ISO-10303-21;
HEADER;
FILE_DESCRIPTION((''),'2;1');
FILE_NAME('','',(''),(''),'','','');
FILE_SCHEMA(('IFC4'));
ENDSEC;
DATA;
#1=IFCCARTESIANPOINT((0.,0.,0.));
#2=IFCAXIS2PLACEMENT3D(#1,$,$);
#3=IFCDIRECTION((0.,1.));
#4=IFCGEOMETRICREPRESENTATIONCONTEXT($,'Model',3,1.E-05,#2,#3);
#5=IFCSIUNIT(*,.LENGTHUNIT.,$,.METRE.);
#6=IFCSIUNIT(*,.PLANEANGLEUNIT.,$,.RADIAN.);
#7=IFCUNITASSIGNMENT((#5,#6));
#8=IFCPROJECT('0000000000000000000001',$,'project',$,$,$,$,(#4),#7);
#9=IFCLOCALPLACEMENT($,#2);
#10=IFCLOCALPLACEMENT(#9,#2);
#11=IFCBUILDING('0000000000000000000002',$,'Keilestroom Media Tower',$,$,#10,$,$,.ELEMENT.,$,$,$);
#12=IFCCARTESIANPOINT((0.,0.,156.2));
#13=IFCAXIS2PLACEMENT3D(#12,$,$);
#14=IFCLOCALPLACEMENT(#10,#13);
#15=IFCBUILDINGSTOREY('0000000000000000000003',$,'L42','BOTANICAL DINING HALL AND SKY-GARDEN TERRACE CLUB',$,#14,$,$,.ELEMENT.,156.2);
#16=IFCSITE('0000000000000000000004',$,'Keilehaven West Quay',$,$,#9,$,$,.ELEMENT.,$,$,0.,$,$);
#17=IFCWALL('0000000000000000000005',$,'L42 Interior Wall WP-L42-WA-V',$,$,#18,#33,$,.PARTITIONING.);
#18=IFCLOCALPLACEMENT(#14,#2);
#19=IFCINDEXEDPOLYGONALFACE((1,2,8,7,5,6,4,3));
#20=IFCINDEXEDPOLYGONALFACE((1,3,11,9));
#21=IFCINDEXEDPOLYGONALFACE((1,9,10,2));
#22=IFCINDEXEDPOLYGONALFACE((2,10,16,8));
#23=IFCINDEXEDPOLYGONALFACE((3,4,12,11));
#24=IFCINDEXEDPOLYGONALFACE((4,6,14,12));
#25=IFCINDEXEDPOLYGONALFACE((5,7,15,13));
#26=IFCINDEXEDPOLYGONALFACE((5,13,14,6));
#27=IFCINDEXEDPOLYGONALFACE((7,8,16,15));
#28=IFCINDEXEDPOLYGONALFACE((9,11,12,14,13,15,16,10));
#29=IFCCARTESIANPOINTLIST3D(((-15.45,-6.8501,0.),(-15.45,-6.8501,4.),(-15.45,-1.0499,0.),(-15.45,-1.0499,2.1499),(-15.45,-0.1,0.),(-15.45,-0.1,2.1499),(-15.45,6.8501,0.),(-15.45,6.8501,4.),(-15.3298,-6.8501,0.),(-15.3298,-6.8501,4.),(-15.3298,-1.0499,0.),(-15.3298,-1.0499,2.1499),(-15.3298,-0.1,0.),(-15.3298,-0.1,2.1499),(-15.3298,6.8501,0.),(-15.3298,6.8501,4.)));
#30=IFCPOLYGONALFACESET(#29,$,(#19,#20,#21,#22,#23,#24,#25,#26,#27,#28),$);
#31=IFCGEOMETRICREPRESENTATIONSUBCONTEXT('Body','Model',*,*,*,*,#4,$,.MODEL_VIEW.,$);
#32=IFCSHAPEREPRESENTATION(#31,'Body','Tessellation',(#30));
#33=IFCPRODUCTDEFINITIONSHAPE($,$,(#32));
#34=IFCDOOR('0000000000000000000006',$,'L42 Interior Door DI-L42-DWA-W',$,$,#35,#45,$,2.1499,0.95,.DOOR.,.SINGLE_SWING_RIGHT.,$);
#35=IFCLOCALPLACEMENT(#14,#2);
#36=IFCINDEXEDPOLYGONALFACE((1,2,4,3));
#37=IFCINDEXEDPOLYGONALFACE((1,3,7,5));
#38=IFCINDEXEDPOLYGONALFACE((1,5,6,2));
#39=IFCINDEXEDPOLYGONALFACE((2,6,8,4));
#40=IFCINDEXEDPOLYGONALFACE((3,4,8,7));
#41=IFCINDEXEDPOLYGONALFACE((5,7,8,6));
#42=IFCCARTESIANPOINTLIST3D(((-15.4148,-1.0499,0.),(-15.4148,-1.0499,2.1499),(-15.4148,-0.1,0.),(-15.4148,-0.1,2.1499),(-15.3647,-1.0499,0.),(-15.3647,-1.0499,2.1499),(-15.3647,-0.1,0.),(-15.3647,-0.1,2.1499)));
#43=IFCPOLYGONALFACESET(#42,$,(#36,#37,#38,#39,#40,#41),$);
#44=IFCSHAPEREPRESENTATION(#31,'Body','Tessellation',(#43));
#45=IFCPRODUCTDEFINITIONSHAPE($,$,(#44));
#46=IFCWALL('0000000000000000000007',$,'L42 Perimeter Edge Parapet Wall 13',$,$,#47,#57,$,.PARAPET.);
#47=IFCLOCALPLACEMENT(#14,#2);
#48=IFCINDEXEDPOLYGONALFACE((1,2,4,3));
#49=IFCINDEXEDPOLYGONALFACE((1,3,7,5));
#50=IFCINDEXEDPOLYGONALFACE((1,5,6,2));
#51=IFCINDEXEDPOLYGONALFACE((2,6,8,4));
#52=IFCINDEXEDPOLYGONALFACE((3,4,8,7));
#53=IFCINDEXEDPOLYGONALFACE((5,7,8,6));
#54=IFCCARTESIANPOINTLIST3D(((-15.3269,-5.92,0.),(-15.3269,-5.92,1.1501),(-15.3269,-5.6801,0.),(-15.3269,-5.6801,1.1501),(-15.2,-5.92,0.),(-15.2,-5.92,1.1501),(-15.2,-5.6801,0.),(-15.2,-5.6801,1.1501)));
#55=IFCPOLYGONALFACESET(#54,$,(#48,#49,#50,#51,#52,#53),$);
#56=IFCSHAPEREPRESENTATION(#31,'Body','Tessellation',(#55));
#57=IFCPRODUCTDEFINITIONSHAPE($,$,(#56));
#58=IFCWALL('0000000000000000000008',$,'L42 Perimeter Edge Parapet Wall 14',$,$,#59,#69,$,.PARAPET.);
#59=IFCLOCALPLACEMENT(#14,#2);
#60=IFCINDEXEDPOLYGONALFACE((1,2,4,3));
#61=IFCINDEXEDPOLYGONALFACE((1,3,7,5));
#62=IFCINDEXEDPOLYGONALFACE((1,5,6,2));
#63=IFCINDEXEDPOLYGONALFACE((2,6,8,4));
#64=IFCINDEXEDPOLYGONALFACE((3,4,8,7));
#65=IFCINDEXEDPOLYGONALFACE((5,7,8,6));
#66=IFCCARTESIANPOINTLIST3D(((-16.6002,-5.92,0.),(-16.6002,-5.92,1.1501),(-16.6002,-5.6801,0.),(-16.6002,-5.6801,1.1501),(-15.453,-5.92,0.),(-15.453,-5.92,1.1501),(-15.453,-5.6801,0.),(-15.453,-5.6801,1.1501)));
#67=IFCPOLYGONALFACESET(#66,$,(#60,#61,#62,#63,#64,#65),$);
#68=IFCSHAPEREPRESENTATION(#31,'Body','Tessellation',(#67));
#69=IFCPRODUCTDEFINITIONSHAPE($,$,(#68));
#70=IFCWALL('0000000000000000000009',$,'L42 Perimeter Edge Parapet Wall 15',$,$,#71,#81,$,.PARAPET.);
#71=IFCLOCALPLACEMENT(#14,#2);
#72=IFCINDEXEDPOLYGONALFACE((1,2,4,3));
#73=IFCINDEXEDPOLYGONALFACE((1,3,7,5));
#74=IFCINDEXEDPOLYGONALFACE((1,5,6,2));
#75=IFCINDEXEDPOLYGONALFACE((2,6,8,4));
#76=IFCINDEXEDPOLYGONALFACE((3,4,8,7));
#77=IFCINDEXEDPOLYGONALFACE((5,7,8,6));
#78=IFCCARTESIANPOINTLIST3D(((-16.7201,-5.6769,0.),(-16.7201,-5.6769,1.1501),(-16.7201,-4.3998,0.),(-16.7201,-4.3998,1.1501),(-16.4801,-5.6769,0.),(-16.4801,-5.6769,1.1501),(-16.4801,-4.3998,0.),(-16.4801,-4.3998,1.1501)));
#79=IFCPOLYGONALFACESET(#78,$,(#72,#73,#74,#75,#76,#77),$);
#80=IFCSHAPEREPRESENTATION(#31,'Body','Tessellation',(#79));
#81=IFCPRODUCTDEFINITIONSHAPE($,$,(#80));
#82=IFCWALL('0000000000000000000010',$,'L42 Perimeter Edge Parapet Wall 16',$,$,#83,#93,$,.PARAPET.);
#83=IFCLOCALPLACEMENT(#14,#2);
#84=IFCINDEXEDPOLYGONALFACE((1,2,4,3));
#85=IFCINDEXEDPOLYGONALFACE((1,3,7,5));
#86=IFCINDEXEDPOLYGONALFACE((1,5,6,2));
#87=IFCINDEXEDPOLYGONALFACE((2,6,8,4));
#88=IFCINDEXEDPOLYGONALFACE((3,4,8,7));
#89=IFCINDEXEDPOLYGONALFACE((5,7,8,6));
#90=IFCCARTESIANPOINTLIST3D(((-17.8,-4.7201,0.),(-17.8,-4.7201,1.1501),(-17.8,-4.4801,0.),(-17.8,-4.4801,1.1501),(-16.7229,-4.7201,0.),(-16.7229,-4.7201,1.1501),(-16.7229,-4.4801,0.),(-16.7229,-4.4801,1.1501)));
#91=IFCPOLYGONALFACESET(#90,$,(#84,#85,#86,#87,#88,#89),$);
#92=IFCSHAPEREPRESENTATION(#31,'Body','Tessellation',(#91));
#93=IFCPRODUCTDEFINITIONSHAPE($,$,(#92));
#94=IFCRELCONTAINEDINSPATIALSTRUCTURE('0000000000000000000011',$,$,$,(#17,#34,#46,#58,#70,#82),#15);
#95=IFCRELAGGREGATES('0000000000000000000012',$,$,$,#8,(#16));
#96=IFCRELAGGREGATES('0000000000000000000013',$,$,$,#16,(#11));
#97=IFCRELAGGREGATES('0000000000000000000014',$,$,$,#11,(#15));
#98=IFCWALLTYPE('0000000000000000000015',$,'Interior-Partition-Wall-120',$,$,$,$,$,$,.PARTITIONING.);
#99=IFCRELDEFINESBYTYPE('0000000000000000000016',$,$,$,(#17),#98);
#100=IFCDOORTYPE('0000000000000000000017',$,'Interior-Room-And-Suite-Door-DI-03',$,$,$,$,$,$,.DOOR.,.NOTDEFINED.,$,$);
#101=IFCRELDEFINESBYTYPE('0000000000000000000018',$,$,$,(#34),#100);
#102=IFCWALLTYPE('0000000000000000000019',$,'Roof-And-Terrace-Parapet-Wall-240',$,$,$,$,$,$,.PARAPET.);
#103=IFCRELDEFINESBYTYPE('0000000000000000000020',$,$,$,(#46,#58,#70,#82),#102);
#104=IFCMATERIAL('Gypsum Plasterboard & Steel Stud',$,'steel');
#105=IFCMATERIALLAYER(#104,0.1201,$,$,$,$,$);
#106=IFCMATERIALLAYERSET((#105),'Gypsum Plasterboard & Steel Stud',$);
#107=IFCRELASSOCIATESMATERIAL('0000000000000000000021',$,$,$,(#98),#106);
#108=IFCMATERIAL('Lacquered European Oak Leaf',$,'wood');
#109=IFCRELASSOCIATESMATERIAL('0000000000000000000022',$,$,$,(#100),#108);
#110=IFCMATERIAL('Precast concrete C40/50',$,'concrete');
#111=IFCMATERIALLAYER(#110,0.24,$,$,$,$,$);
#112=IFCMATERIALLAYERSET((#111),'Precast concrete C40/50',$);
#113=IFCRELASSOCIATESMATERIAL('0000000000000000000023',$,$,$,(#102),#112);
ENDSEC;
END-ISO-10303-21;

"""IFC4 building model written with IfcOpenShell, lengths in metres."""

from ifc_helpers import new_model, si_unit, direction, frame, frame_2d, origin, place, context, subcontext, project, spatial, rectangle, extrude, source, transform, mapped, material, layer, layer_set, type_object, element, fill, save


model = new_model("IFC4")

# Units and contexts
model_context = context("Model", 3, precision=1e-05, world=origin(), true_north=direction((0.0, 1.0)))
body_context = subcontext(model_context, "Body", "Model", "MODEL_VIEW")
ifc_project = project(units=[si_unit("LENGTHUNIT", "METRE"), si_unit("PLANEANGLEUNIT", "RADIAN")], contexts=[model_context])

# Site, building, storey
site_placement = place(None, origin())
site = spatial("IfcSite", under=ifc_project, at=site_placement, Name="Keilehaven West Quay", CompositionType="ELEMENT", RefElevation=0.0)
building_placement = place(site_placement, origin())
building = spatial("IfcBuilding", under=site, at=building_placement, Name="Keilestroom Media Tower", CompositionType="ELEMENT")
storey_placement = place(building_placement, frame((0.0, 0.0, 156.2)))
storey = spatial("IfcBuildingStorey", under=building, at=storey_placement, Name="L42", Description="BOTANICAL DINING HALL AND SKY-GARDEN TERRACE CLUB", CompositionType="ELEMENT", Elevation=156.2)

# Shared definitions
ifc_material_1 = material(Name="Precast concrete C40/50", Category="concrete")

# Wall, opening, door
ifc_material_2 = material(Name="Gypsum Plasterboard & Steel Stud", Category="steel")
ifc_layer_1 = layer(ifc_material_2, 0.1201)
ifc_layer_set_1 = layer_set([ifc_layer_1], Name="Gypsum Plasterboard & Steel Stud")
wall_type_1 = type_object("IfcWallType", Name="Interior-Partition-Wall-120", PredefinedType="PARTITIONING", material=ifc_layer_set_1)
wall_1_placement = place(storey_placement, frame((-15.3899, -6.8501, 0.0), z_axis=(0.0, 0.0, 1.0), x_axis=(0.0, 1.0, 0.0)))
wall_1 = element("IfcWall", 1, at=wall_1_placement, inside=storey, type_object=wall_type_1, Name="L42 Interior Wall WP-L42-WA-V", PredefinedType="PARTITIONING", context=body_context, shape_type="SweptSolid", body=[
    extrude(rectangle(XDim=13.7002, YDim=0.1201, at=frame_2d((6.8501, 0.0))), origin(), (0.0, 0.0, 1.0), 4.0),
])
opening_1_placement = place(wall_1_placement, frame((5.8, 0.0, 0.0)))
opening_1 = element("IfcOpeningElement", 2, at=opening_1_placement, cuts=wall_1, PredefinedType="OPENING", context=body_context, shape_type="SweptSolid", body=[
    extrude(rectangle(XDim=0.95, YDim=2.1499, at=frame_2d((0.4751, 1.075))), frame((0.0, 0.0701, 0.0), z_axis=(0.0, -1.0, 0.0), x_axis=(1.0, 0.0, 0.0)), (0.0, 0.0, 1.0), 0.1401),
])
ifc_material_3 = material(Name="Lacquered European Oak Leaf", Category="wood")
door_type_1 = type_object("IfcDoorType", Name="Interior-Room-And-Suite-Door-DI-03", OperationType="NOTDEFINED", PredefinedType="DOOR", material=ifc_material_3)
shared_shape_1 = source(origin(), body_context, "Body", "SweptSolid", [
    extrude(rectangle(XDim=0.95, YDim=2.1499, at=frame_2d((0.4751, 1.075))), frame((0.0, 0.0249, 0.0), z_axis=(0.0, -1.0, 0.0), x_axis=(1.0, 0.0, 0.0)), (0.0, 0.0, 1.0), 0.05),
])
door_1_placement = place(opening_1_placement, origin())
door_1 = element("IfcDoor", 3, at=door_1_placement, inside=storey, type_object=door_type_1, Name="L42 Interior Door DI-L42-DWA-W", OperationType="SINGLE_SWING_RIGHT", OverallHeight=2.1499, OverallWidth=0.95, PredefinedType="DOOR", context=body_context, shape_type="MappedRepresentation", body=[
    mapped(shared_shape_1, transform((0.0, 0.0, 0.0), x_axis=(1.0, 0.0, 0.0), y_axis=(0.0, 1.0, 0.0), z_axis=(0.0, 0.0, 1.0), scale=1.0)),
])
fill(opening_1, door_1)

# Walls
ifc_layer_2 = layer(ifc_material_1, 0.24)
ifc_layer_set_2 = layer_set([ifc_layer_2], Name="Precast concrete C40/50")
wall_type_2 = type_object("IfcWallType", Name="Roof-And-Terrace-Parapet-Wall-240", PredefinedType="PARAPET", material=ifc_layer_set_2)
wall_2_placement = place(storey_placement, frame((-15.2, -5.8, 0.0), z_axis=(0.0, 0.0, 1.0), x_axis=(-1.0, 0.0, 0.0)))
element("IfcWall", 4, at=wall_2_placement, inside=storey, type_object=wall_type_2, Name="L42 Perimeter Edge Parapet Wall 13", PredefinedType="PARAPET", context=body_context, shape_type="SweptSolid", body=[
    extrude(rectangle(XDim=0.127, YDim=0.24, at=frame_2d((0.0635, 0.0))), origin(), (0.0, 0.0, 1.0), 1.1501),
])
wall_3_placement = place(storey_placement, frame((-15.4529, -5.8, 0.0), z_axis=(0.0, 0.0, 1.0), x_axis=(-1.0, 0.0, 0.0)))
element("IfcWall", 5, at=wall_3_placement, inside=storey, type_object=wall_type_2, Name="L42 Perimeter Edge Parapet Wall 14", PredefinedType="PARAPET", context=body_context, shape_type="SweptSolid", body=[
    extrude(rectangle(XDim=1.1472, YDim=0.24, at=frame_2d((0.5737, 0.0))), origin(), (0.0, 0.0, 1.0), 1.1501),
])
wall_4_placement = place(storey_placement, frame((-16.6001, -5.677, 0.0), z_axis=(0.0, 0.0, 1.0), x_axis=(0.0, 1.0, 0.0)))
element("IfcWall", 6, at=wall_4_placement, inside=storey, type_object=wall_type_2, Name="L42 Perimeter Edge Parapet Wall 15", PredefinedType="PARAPET", context=body_context, shape_type="SweptSolid", body=[
    extrude(rectangle(XDim=1.2771, YDim=0.24, at=frame_2d((0.6387, 0.0))), origin(), (0.0, 0.0, 1.0), 1.1501),
])
wall_5_placement = place(storey_placement, frame((-16.7229, -4.6001, 0.0), z_axis=(0.0, 0.0, 1.0), x_axis=(-1.0, 0.0, 0.0)))
element("IfcWall", 7, at=wall_5_placement, inside=storey, type_object=wall_type_2, Name="L42 Perimeter Edge Parapet Wall 16", PredefinedType="PARAPET", context=body_context, shape_type="SweptSolid", body=[
    extrude(rectangle(XDim=1.0771, YDim=0.24, at=frame_2d((0.5386, 0.0))), origin(), (0.0, 0.0, 1.0), 1.1501),
])

save(model, "model.ifc")
